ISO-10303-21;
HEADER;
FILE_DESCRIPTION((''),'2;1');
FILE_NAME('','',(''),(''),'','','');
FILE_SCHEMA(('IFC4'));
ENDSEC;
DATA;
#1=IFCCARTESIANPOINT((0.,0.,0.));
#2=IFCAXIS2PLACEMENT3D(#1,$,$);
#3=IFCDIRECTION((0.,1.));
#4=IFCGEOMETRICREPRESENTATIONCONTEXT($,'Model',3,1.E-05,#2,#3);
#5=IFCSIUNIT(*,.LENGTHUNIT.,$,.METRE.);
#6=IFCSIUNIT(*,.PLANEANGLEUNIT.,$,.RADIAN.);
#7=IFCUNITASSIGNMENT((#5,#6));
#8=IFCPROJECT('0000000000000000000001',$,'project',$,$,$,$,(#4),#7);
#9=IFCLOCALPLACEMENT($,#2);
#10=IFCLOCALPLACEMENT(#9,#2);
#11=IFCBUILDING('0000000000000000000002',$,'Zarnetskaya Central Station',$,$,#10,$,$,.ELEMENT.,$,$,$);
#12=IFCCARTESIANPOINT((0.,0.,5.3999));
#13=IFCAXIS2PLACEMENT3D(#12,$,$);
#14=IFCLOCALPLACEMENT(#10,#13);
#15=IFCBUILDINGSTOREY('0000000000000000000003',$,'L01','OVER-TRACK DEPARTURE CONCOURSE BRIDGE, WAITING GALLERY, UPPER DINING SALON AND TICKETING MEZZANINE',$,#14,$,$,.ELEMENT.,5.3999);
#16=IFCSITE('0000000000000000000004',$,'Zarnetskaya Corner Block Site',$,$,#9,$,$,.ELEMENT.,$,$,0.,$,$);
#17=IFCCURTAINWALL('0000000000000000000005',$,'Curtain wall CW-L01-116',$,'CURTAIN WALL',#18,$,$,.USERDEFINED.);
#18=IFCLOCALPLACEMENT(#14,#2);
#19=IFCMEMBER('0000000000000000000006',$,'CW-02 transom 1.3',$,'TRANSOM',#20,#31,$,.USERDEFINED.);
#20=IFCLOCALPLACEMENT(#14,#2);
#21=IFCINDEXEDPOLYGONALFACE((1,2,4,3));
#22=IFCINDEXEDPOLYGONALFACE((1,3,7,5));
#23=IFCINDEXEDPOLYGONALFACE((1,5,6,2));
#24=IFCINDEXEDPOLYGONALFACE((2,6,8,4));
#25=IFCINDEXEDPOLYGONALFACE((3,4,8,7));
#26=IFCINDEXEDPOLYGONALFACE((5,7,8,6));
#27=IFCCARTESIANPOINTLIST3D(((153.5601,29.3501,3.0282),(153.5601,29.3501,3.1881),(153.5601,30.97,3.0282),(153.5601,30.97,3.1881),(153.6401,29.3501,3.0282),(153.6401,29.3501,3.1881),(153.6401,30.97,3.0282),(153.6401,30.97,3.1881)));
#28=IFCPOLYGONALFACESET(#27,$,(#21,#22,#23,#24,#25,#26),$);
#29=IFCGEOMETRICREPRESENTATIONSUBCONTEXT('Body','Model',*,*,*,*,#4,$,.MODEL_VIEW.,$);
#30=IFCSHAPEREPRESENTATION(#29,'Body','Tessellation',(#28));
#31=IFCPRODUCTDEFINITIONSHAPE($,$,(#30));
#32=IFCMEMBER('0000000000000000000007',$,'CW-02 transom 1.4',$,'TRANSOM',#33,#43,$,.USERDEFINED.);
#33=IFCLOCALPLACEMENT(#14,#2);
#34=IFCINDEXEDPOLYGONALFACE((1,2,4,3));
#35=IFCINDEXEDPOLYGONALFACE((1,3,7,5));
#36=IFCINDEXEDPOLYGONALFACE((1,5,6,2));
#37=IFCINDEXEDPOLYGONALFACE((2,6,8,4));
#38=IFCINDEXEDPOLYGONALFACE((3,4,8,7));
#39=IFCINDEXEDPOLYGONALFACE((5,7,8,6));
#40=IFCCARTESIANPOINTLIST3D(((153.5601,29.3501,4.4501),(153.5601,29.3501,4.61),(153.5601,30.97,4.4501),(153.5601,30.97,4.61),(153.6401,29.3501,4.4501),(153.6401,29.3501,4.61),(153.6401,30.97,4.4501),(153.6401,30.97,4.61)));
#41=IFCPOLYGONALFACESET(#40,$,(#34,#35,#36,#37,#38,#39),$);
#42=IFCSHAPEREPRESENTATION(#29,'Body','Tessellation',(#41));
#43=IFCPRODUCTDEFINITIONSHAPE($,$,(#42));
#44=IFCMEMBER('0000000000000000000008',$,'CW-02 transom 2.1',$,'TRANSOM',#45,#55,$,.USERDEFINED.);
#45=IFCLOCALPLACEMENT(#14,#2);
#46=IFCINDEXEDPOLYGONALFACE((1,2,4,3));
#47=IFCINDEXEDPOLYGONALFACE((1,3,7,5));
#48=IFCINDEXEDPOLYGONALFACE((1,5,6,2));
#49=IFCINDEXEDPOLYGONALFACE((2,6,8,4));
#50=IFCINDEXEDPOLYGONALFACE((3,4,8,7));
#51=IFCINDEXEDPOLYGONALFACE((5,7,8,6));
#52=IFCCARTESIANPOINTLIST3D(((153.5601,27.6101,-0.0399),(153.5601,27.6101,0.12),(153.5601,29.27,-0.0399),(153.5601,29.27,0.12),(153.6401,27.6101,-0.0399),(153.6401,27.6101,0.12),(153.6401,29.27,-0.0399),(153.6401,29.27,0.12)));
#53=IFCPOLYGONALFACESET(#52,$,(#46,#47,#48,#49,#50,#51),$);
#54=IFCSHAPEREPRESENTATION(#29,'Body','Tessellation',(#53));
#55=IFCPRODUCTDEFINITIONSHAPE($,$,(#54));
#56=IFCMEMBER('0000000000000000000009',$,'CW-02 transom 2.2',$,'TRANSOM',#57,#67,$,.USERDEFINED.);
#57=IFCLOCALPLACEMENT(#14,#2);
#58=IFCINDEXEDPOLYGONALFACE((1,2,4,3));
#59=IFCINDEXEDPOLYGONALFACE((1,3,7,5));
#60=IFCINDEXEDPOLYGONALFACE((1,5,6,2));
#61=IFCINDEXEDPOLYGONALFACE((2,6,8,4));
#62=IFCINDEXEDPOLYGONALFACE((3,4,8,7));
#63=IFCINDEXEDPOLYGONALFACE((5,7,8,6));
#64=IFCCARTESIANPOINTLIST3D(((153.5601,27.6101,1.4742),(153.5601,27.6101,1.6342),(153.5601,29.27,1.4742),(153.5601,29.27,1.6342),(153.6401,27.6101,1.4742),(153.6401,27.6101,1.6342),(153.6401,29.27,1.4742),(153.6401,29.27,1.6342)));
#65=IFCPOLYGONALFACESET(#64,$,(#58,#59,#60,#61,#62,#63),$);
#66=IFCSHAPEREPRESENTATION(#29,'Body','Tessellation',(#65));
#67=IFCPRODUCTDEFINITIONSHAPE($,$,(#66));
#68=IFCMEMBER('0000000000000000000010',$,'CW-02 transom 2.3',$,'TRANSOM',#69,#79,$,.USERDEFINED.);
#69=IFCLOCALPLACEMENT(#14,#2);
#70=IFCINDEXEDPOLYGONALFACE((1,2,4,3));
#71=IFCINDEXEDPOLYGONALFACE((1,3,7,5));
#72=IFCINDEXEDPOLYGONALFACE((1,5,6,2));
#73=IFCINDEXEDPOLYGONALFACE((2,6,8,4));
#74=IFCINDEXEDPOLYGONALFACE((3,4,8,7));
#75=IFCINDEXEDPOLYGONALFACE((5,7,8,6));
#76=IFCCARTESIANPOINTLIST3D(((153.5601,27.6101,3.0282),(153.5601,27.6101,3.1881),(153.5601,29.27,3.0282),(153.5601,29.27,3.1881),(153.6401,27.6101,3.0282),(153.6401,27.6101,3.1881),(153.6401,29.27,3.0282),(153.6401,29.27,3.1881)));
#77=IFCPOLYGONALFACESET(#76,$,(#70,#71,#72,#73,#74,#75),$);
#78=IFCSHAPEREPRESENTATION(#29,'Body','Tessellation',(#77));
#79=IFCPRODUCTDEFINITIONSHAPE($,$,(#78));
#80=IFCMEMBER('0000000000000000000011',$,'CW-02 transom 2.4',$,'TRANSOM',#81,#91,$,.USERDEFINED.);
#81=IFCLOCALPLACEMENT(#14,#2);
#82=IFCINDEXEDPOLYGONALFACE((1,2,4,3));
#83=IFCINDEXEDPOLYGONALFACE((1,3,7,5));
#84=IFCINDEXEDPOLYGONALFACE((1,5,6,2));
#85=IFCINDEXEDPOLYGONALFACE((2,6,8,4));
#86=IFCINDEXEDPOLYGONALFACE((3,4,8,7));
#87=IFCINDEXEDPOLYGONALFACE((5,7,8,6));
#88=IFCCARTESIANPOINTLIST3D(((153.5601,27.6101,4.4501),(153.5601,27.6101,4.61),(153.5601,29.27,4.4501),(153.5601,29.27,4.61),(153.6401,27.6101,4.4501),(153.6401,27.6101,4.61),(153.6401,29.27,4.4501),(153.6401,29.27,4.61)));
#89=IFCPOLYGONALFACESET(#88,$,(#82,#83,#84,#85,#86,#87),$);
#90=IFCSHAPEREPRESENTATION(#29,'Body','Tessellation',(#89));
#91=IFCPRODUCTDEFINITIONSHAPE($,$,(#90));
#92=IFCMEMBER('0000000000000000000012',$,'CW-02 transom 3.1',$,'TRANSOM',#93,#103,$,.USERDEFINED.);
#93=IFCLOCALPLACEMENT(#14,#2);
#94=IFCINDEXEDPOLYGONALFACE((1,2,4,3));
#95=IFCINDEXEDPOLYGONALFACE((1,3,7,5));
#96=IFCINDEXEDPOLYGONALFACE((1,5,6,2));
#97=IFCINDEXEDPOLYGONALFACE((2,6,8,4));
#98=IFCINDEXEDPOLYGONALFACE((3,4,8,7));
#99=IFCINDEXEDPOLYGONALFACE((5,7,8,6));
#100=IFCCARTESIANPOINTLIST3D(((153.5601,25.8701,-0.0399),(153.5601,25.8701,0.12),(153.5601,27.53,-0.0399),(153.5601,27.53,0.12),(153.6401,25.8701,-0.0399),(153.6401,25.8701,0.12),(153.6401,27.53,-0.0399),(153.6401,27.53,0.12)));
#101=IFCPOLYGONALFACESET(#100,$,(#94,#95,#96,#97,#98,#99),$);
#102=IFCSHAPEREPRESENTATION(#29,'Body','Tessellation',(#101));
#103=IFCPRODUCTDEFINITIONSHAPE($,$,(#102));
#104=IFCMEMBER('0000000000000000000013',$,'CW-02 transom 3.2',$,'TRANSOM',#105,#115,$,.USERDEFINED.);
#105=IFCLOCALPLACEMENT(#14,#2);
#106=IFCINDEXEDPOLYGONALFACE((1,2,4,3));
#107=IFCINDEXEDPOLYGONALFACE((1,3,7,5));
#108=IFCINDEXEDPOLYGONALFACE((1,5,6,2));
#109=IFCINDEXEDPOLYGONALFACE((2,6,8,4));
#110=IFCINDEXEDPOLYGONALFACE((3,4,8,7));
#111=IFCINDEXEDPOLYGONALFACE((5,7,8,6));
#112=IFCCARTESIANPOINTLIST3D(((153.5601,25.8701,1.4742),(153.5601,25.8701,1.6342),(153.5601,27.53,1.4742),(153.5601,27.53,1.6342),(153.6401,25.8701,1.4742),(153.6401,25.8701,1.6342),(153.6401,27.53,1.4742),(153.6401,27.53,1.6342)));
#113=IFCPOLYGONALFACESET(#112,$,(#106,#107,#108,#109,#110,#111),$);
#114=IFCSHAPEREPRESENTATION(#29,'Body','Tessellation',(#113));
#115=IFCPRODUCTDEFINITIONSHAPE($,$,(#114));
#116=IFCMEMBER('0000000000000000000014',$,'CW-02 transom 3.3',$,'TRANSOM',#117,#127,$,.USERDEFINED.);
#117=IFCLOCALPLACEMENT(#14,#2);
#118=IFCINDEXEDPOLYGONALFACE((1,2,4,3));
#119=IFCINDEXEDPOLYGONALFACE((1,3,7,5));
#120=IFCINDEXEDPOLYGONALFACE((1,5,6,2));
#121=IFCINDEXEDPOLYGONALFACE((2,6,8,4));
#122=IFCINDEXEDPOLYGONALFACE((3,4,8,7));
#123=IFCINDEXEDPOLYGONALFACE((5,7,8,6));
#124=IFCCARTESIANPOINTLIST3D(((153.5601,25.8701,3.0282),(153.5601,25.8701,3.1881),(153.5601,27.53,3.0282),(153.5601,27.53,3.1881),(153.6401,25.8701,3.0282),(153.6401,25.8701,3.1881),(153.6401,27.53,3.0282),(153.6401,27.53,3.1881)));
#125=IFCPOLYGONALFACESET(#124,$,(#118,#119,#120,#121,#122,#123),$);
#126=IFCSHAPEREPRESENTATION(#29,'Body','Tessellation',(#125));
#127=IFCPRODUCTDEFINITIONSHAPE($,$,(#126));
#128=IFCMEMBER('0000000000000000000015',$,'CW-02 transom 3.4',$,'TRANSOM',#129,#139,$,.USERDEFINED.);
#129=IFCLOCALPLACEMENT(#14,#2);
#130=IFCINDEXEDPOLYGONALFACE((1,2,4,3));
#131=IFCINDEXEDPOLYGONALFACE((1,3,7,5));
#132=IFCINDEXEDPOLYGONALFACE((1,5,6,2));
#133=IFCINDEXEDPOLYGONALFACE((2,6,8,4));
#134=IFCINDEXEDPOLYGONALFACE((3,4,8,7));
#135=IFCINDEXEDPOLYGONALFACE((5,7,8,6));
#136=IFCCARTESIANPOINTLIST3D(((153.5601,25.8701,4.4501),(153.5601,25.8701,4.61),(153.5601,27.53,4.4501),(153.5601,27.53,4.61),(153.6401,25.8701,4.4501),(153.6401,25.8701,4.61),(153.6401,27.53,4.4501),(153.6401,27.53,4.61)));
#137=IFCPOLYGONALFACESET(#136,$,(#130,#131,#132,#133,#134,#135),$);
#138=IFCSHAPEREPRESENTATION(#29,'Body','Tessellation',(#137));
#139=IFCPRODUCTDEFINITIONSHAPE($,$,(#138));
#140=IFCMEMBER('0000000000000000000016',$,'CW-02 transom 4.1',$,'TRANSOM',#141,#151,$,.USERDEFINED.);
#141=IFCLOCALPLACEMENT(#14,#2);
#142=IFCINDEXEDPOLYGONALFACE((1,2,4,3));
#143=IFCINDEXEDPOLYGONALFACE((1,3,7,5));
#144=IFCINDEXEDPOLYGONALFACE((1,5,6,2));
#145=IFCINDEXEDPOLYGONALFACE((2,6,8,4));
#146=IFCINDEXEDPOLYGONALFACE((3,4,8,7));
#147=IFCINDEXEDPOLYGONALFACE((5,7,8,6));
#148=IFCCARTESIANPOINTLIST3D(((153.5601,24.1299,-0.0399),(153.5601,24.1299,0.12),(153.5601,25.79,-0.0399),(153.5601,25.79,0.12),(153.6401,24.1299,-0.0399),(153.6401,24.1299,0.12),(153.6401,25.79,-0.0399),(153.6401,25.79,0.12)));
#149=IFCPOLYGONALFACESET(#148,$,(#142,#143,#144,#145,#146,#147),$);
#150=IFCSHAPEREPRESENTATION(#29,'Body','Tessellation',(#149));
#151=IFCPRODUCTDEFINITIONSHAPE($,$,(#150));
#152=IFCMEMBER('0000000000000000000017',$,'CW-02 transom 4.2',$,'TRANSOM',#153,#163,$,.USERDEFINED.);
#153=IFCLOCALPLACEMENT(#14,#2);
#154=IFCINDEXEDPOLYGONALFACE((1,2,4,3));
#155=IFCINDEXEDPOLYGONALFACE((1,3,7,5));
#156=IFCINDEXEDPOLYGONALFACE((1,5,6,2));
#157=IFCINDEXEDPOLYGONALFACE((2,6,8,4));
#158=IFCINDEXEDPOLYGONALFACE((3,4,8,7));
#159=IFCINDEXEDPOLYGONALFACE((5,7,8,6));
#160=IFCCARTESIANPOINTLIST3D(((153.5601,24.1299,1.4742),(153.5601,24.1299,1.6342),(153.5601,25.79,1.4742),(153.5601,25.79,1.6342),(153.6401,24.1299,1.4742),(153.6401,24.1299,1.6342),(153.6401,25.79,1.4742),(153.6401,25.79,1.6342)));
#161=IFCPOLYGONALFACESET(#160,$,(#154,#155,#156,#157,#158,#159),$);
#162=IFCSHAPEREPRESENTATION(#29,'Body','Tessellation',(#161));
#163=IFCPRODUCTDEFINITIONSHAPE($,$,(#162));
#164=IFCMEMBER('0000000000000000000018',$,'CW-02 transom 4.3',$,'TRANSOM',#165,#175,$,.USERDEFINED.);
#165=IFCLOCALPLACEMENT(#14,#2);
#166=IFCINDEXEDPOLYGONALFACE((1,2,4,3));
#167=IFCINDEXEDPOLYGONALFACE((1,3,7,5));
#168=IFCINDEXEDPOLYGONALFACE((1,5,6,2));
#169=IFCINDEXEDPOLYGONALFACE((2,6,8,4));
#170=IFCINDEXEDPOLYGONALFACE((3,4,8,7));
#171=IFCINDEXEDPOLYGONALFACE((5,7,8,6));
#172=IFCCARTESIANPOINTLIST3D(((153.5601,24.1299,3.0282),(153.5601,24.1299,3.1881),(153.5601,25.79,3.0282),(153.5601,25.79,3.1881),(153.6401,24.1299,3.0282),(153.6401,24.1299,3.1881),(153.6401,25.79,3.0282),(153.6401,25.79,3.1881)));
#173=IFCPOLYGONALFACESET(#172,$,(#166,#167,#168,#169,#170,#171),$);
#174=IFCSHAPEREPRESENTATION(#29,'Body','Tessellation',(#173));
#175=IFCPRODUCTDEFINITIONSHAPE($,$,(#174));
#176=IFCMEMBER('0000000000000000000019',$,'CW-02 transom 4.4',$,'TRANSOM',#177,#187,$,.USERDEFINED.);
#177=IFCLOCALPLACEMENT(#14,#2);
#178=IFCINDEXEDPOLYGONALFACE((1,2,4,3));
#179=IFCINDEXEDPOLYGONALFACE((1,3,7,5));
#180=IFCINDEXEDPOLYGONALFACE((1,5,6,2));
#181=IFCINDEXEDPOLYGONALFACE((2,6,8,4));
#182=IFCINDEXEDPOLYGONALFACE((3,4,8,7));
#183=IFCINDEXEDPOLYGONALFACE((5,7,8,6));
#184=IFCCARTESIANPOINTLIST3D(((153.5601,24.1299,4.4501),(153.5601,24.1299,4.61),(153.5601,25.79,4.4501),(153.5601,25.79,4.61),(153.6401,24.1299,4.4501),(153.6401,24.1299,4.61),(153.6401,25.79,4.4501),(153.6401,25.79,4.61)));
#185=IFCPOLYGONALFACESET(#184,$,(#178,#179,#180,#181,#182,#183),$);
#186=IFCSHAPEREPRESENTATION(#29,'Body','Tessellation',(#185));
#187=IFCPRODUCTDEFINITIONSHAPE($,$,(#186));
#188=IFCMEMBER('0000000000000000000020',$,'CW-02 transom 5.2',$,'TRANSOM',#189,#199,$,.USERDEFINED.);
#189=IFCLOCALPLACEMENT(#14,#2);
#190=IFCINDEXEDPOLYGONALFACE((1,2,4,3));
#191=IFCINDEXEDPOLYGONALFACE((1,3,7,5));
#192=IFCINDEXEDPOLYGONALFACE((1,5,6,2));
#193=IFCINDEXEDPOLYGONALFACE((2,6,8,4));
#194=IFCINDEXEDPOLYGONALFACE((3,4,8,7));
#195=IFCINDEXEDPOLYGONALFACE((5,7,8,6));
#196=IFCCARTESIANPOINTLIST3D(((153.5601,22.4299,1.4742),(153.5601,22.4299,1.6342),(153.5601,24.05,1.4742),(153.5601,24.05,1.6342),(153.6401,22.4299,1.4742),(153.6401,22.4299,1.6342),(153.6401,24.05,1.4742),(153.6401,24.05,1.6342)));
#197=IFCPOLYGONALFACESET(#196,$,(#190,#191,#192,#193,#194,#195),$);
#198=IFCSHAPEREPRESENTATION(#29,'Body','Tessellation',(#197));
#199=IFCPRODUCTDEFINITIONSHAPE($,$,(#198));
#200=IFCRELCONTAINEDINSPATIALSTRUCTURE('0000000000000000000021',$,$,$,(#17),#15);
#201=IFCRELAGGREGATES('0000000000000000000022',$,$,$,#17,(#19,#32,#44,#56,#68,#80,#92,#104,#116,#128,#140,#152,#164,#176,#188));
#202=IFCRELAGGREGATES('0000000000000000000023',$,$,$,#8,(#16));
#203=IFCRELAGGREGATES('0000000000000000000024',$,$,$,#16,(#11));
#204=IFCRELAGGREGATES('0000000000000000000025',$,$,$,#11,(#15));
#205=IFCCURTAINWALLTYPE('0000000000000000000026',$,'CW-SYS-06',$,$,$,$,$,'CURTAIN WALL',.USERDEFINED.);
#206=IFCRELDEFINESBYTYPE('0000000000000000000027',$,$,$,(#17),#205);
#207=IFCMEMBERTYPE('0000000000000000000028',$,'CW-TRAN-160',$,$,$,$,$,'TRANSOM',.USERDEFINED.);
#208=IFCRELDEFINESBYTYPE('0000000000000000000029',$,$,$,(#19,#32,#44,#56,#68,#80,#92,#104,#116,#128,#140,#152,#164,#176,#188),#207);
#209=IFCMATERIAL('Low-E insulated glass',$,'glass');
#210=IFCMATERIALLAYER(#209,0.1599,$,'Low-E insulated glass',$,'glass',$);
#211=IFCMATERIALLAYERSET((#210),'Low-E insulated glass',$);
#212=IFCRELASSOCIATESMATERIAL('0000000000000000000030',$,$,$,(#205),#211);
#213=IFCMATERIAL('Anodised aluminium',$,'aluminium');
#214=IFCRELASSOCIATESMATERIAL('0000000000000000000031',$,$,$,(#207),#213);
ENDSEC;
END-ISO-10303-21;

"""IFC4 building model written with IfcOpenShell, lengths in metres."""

from ifc_helpers import new_model, si_unit, direction, frame, origin, origin_2d, place, context, subcontext, project, spatial, rectangle, extrude, material, layer, layer_set, material_profile, profile_set, type_object, element, aggregate, save


model = new_model("IFC4")

# Units and contexts
model_context = context("Model", 3, precision=1e-05, world=origin(), true_north=direction((0.0, 1.0)))
body_context = subcontext(model_context, "Body", "Model", "MODEL_VIEW")
ifc_project = project(units=[si_unit("LENGTHUNIT", "METRE"), si_unit("PLANEANGLEUNIT", "RADIAN")], contexts=[model_context])

# Site, building, storey
site_placement = place(None, origin())
site = spatial("IfcSite", under=ifc_project, at=site_placement, Name="Zarnetskaya Corner Block Site", CompositionType="ELEMENT", RefElevation=0.0)
building_placement = place(site_placement, origin())
building = spatial("IfcBuilding", under=site, at=building_placement, Name="Zarnetskaya Central Station", CompositionType="ELEMENT")
storey_placement = place(building_placement, frame((0.0, 0.0, 5.3999)))
storey = spatial("IfcBuildingStorey", under=building, at=storey_placement, Name="L01", Description="OVER-TRACK DEPARTURE CONCOURSE BRIDGE, WAITING GALLERY, UPPER DINING SALON AND TICKETING MEZZANINE", CompositionType="ELEMENT", Elevation=5.3999)

# Curtain wall, members
ifc_material_1 = material(Name="Low-E insulated glass", Category="glass")
ifc_layer_1 = layer(ifc_material_1, 0.1599, Name="Low-E insulated glass", Category="glass")
ifc_layer_set_1 = layer_set([ifc_layer_1], Name="Low-E insulated glass")
curtain_wall_type = type_object("IfcCurtainWallType", Name="CW-SYS-06", ElementType="CURTAIN WALL", PredefinedType="USERDEFINED", material=ifc_layer_set_1)
curtain_wall_placement = place(storey_placement, origin())
curtain_wall = element("IfcCurtainWall", 1, at=curtain_wall_placement, inside=storey, type_object=curtain_wall_type, Name="Curtain wall CW-L01-116", ObjectType="CURTAIN WALL", PredefinedType="USERDEFINED")
ifc_material_2 = material(Name="Anodised aluminium", Category="aluminium")
ifc_material_profile_1 = material_profile(ifc_material_2, rectangle(XDim=0.0801, YDim=0.1599, at=origin_2d()), Name="ALU TRAN 80x160")
ifc_profile_set_1 = profile_set([ifc_material_profile_1], Name="Anodised aluminium")
member_type_1 = type_object("IfcMemberType", Name="CW-TRAN-160", ElementType="TRANSOM", PredefinedType="USERDEFINED", material=ifc_profile_set_1)
member_1_placement = place(storey_placement, frame((153.6001, 30.97, 3.1082), z_axis=(0.0, -1.0, 0.0), x_axis=(1.0, 0.0, 0.0)))
member_1 = element("IfcMember", 2, at=member_1_placement, type_object=member_type_1, Name="CW-02 transom 1.3", ObjectType="TRANSOM", PredefinedType="USERDEFINED", context=body_context, shape_type="SweptSolid", body=[
    extrude(rectangle(XDim=0.0801, YDim=0.1599, at=origin_2d()), origin(), (0.0, 0.0, 1.0), 1.6199),
])
member_2_placement = place(storey_placement, frame((153.6001, 30.97, 4.53), z_axis=(0.0, -1.0, 0.0), x_axis=(1.0, 0.0, 0.0)))
member_2 = element("IfcMember", 3, at=member_2_placement, type_object=member_type_1, Name="CW-02 transom 1.4", ObjectType="TRANSOM", PredefinedType="USERDEFINED", context=body_context, shape_type="SweptSolid", body=[
    extrude(rectangle(XDim=0.0801, YDim=0.1599, at=origin_2d()), origin(), (0.0, 0.0, 1.0), 1.6199),
])
member_3_placement = place(storey_placement, frame((153.6001, 29.27, 0.04), z_axis=(0.0, -1.0, 0.0), x_axis=(1.0, 0.0, 0.0)))
member_3 = element("IfcMember", 4, at=member_3_placement, type_object=member_type_1, Name="CW-02 transom 2.1", ObjectType="TRANSOM", PredefinedType="USERDEFINED", context=body_context, shape_type="SweptSolid", body=[
    extrude(rectangle(XDim=0.0801, YDim=0.1599, at=origin_2d()), origin(), (0.0, 0.0, 1.0), 1.6599),
])
member_4_placement = place(storey_placement, frame((153.6001, 29.27, 1.5542), z_axis=(0.0, -1.0, 0.0), x_axis=(1.0, 0.0, 0.0)))
member_4 = element("IfcMember", 5, at=member_4_placement, type_object=member_type_1, Name="CW-02 transom 2.2", ObjectType="TRANSOM", PredefinedType="USERDEFINED", context=body_context, shape_type="SweptSolid", body=[
    extrude(rectangle(XDim=0.0801, YDim=0.1599, at=origin_2d()), origin(), (0.0, 0.0, 1.0), 1.6599),
])
member_5_placement = place(storey_placement, frame((153.6001, 29.27, 3.1082), z_axis=(0.0, -1.0, 0.0), x_axis=(1.0, 0.0, 0.0)))
member_5 = element("IfcMember", 6, at=member_5_placement, type_object=member_type_1, Name="CW-02 transom 2.3", ObjectType="TRANSOM", PredefinedType="USERDEFINED", context=body_context, shape_type="SweptSolid", body=[
    extrude(rectangle(XDim=0.0801, YDim=0.1599, at=origin_2d()), origin(), (0.0, 0.0, 1.0), 1.6599),
])
member_6_placement = place(storey_placement, frame((153.6001, 29.27, 4.53), z_axis=(0.0, -1.0, 0.0), x_axis=(1.0, 0.0, 0.0)))
member_6 = element("IfcMember", 7, at=member_6_placement, type_object=member_type_1, Name="CW-02 transom 2.4", ObjectType="TRANSOM", PredefinedType="USERDEFINED", context=body_context, shape_type="SweptSolid", body=[
    extrude(rectangle(XDim=0.0801, YDim=0.1599, at=origin_2d()), origin(), (0.0, 0.0, 1.0), 1.6599),
])
member_7_placement = place(storey_placement, frame((153.6001, 27.53, 0.04), z_axis=(0.0, -1.0, 0.0), x_axis=(1.0, 0.0, 0.0)))
member_7 = element("IfcMember", 8, at=member_7_placement, type_object=member_type_1, Name="CW-02 transom 3.1", ObjectType="TRANSOM", PredefinedType="USERDEFINED", context=body_context, shape_type="SweptSolid", body=[
    extrude(rectangle(XDim=0.0801, YDim=0.1599, at=origin_2d()), origin(), (0.0, 0.0, 1.0), 1.6599),
])
member_8_placement = place(storey_placement, frame((153.6001, 27.53, 1.5542), z_axis=(0.0, -1.0, 0.0), x_axis=(1.0, 0.0, 0.0)))
member_8 = element("IfcMember", 9, at=member_8_placement, type_object=member_type_1, Name="CW-02 transom 3.2", ObjectType="TRANSOM", PredefinedType="USERDEFINED", context=body_context, shape_type="SweptSolid", body=[
    extrude(rectangle(XDim=0.0801, YDim=0.1599, at=origin_2d()), origin(), (0.0, 0.0, 1.0), 1.6599),
])
member_9_placement = place(storey_placement, frame((153.6001, 27.53, 3.1082), z_axis=(0.0, -1.0, 0.0), x_axis=(1.0, 0.0, 0.0)))
member_9 = element("IfcMember", 10, at=member_9_placement, type_object=member_type_1, Name="CW-02 transom 3.3", ObjectType="TRANSOM", PredefinedType="USERDEFINED", context=body_context, shape_type="SweptSolid", body=[
    extrude(rectangle(XDim=0.0801, YDim=0.1599, at=origin_2d()), origin(), (0.0, 0.0, 1.0), 1.6599),
])
member_10_placement = place(storey_placement, frame((153.6001, 27.53, 4.53), z_axis=(0.0, -1.0, 0.0), x_axis=(1.0, 0.0, 0.0)))
member_10 = element("IfcMember", 11, at=member_10_placement, type_object=member_type_1, Name="CW-02 transom 3.4", ObjectType="TRANSOM", PredefinedType="USERDEFINED", context=body_context, shape_type="SweptSolid", body=[
    extrude(rectangle(XDim=0.0801, YDim=0.1599, at=origin_2d()), origin(), (0.0, 0.0, 1.0), 1.6599),
])
member_11_placement = place(storey_placement, frame((153.6001, 25.79, 0.04), z_axis=(0.0, -1.0, 0.0), x_axis=(1.0, 0.0, 0.0)))
member_11 = element("IfcMember", 12, at=member_11_placement, type_object=member_type_1, Name="CW-02 transom 4.1", ObjectType="TRANSOM", PredefinedType="USERDEFINED", context=body_context, shape_type="SweptSolid", body=[
    extrude(rectangle(XDim=0.0801, YDim=0.1599, at=origin_2d()), origin(), (0.0, 0.0, 1.0), 1.6602),
])
member_12_placement = place(storey_placement, frame((153.6001, 25.79, 1.5542), z_axis=(0.0, -1.0, 0.0), x_axis=(1.0, 0.0, 0.0)))
member_12 = element("IfcMember", 13, at=member_12_placement, type_object=member_type_1, Name="CW-02 transom 4.2", ObjectType="TRANSOM", PredefinedType="USERDEFINED", context=body_context, shape_type="SweptSolid", body=[
    extrude(rectangle(XDim=0.0801, YDim=0.1599, at=origin_2d()), origin(), (0.0, 0.0, 1.0), 1.6602),
])
member_13_placement = place(storey_placement, frame((153.6001, 25.79, 3.1082), z_axis=(0.0, -1.0, 0.0), x_axis=(1.0, 0.0, 0.0)))
member_13 = element("IfcMember", 14, at=member_13_placement, type_object=member_type_1, Name="CW-02 transom 4.3", ObjectType="TRANSOM", PredefinedType="USERDEFINED", context=body_context, shape_type="SweptSolid", body=[
    extrude(rectangle(XDim=0.0801, YDim=0.1599, at=origin_2d()), origin(), (0.0, 0.0, 1.0), 1.6602),
])
member_14_placement = place(storey_placement, frame((153.6001, 25.79, 4.53), z_axis=(0.0, -1.0, 0.0), x_axis=(1.0, 0.0, 0.0)))
member_14 = element("IfcMember", 15, at=member_14_placement, type_object=member_type_1, Name="CW-02 transom 4.4", ObjectType="TRANSOM", PredefinedType="USERDEFINED", context=body_context, shape_type="SweptSolid", body=[
    extrude(rectangle(XDim=0.0801, YDim=0.1599, at=origin_2d()), origin(), (0.0, 0.0, 1.0), 1.6602),
])
member_15_placement = place(storey_placement, frame((153.6001, 24.05, 1.5542), z_axis=(0.0, -1.0, 0.0), x_axis=(1.0, 0.0, 0.0)))
member_15 = element("IfcMember", 16, at=member_15_placement, type_object=member_type_1, Name="CW-02 transom 5.2", ObjectType="TRANSOM", PredefinedType="USERDEFINED", context=body_context, shape_type="SweptSolid", body=[
    extrude(rectangle(XDim=0.0801, YDim=0.1599, at=origin_2d()), origin(), (0.0, 0.0, 1.0), 1.6201),
])
aggregate(curtain_wall, [member_1, member_2, member_3, member_4, member_5, member_6, member_7, member_8, member_9, member_10, member_11, member_12, member_13, member_14, member_15])

save(model, "model.ifc")
